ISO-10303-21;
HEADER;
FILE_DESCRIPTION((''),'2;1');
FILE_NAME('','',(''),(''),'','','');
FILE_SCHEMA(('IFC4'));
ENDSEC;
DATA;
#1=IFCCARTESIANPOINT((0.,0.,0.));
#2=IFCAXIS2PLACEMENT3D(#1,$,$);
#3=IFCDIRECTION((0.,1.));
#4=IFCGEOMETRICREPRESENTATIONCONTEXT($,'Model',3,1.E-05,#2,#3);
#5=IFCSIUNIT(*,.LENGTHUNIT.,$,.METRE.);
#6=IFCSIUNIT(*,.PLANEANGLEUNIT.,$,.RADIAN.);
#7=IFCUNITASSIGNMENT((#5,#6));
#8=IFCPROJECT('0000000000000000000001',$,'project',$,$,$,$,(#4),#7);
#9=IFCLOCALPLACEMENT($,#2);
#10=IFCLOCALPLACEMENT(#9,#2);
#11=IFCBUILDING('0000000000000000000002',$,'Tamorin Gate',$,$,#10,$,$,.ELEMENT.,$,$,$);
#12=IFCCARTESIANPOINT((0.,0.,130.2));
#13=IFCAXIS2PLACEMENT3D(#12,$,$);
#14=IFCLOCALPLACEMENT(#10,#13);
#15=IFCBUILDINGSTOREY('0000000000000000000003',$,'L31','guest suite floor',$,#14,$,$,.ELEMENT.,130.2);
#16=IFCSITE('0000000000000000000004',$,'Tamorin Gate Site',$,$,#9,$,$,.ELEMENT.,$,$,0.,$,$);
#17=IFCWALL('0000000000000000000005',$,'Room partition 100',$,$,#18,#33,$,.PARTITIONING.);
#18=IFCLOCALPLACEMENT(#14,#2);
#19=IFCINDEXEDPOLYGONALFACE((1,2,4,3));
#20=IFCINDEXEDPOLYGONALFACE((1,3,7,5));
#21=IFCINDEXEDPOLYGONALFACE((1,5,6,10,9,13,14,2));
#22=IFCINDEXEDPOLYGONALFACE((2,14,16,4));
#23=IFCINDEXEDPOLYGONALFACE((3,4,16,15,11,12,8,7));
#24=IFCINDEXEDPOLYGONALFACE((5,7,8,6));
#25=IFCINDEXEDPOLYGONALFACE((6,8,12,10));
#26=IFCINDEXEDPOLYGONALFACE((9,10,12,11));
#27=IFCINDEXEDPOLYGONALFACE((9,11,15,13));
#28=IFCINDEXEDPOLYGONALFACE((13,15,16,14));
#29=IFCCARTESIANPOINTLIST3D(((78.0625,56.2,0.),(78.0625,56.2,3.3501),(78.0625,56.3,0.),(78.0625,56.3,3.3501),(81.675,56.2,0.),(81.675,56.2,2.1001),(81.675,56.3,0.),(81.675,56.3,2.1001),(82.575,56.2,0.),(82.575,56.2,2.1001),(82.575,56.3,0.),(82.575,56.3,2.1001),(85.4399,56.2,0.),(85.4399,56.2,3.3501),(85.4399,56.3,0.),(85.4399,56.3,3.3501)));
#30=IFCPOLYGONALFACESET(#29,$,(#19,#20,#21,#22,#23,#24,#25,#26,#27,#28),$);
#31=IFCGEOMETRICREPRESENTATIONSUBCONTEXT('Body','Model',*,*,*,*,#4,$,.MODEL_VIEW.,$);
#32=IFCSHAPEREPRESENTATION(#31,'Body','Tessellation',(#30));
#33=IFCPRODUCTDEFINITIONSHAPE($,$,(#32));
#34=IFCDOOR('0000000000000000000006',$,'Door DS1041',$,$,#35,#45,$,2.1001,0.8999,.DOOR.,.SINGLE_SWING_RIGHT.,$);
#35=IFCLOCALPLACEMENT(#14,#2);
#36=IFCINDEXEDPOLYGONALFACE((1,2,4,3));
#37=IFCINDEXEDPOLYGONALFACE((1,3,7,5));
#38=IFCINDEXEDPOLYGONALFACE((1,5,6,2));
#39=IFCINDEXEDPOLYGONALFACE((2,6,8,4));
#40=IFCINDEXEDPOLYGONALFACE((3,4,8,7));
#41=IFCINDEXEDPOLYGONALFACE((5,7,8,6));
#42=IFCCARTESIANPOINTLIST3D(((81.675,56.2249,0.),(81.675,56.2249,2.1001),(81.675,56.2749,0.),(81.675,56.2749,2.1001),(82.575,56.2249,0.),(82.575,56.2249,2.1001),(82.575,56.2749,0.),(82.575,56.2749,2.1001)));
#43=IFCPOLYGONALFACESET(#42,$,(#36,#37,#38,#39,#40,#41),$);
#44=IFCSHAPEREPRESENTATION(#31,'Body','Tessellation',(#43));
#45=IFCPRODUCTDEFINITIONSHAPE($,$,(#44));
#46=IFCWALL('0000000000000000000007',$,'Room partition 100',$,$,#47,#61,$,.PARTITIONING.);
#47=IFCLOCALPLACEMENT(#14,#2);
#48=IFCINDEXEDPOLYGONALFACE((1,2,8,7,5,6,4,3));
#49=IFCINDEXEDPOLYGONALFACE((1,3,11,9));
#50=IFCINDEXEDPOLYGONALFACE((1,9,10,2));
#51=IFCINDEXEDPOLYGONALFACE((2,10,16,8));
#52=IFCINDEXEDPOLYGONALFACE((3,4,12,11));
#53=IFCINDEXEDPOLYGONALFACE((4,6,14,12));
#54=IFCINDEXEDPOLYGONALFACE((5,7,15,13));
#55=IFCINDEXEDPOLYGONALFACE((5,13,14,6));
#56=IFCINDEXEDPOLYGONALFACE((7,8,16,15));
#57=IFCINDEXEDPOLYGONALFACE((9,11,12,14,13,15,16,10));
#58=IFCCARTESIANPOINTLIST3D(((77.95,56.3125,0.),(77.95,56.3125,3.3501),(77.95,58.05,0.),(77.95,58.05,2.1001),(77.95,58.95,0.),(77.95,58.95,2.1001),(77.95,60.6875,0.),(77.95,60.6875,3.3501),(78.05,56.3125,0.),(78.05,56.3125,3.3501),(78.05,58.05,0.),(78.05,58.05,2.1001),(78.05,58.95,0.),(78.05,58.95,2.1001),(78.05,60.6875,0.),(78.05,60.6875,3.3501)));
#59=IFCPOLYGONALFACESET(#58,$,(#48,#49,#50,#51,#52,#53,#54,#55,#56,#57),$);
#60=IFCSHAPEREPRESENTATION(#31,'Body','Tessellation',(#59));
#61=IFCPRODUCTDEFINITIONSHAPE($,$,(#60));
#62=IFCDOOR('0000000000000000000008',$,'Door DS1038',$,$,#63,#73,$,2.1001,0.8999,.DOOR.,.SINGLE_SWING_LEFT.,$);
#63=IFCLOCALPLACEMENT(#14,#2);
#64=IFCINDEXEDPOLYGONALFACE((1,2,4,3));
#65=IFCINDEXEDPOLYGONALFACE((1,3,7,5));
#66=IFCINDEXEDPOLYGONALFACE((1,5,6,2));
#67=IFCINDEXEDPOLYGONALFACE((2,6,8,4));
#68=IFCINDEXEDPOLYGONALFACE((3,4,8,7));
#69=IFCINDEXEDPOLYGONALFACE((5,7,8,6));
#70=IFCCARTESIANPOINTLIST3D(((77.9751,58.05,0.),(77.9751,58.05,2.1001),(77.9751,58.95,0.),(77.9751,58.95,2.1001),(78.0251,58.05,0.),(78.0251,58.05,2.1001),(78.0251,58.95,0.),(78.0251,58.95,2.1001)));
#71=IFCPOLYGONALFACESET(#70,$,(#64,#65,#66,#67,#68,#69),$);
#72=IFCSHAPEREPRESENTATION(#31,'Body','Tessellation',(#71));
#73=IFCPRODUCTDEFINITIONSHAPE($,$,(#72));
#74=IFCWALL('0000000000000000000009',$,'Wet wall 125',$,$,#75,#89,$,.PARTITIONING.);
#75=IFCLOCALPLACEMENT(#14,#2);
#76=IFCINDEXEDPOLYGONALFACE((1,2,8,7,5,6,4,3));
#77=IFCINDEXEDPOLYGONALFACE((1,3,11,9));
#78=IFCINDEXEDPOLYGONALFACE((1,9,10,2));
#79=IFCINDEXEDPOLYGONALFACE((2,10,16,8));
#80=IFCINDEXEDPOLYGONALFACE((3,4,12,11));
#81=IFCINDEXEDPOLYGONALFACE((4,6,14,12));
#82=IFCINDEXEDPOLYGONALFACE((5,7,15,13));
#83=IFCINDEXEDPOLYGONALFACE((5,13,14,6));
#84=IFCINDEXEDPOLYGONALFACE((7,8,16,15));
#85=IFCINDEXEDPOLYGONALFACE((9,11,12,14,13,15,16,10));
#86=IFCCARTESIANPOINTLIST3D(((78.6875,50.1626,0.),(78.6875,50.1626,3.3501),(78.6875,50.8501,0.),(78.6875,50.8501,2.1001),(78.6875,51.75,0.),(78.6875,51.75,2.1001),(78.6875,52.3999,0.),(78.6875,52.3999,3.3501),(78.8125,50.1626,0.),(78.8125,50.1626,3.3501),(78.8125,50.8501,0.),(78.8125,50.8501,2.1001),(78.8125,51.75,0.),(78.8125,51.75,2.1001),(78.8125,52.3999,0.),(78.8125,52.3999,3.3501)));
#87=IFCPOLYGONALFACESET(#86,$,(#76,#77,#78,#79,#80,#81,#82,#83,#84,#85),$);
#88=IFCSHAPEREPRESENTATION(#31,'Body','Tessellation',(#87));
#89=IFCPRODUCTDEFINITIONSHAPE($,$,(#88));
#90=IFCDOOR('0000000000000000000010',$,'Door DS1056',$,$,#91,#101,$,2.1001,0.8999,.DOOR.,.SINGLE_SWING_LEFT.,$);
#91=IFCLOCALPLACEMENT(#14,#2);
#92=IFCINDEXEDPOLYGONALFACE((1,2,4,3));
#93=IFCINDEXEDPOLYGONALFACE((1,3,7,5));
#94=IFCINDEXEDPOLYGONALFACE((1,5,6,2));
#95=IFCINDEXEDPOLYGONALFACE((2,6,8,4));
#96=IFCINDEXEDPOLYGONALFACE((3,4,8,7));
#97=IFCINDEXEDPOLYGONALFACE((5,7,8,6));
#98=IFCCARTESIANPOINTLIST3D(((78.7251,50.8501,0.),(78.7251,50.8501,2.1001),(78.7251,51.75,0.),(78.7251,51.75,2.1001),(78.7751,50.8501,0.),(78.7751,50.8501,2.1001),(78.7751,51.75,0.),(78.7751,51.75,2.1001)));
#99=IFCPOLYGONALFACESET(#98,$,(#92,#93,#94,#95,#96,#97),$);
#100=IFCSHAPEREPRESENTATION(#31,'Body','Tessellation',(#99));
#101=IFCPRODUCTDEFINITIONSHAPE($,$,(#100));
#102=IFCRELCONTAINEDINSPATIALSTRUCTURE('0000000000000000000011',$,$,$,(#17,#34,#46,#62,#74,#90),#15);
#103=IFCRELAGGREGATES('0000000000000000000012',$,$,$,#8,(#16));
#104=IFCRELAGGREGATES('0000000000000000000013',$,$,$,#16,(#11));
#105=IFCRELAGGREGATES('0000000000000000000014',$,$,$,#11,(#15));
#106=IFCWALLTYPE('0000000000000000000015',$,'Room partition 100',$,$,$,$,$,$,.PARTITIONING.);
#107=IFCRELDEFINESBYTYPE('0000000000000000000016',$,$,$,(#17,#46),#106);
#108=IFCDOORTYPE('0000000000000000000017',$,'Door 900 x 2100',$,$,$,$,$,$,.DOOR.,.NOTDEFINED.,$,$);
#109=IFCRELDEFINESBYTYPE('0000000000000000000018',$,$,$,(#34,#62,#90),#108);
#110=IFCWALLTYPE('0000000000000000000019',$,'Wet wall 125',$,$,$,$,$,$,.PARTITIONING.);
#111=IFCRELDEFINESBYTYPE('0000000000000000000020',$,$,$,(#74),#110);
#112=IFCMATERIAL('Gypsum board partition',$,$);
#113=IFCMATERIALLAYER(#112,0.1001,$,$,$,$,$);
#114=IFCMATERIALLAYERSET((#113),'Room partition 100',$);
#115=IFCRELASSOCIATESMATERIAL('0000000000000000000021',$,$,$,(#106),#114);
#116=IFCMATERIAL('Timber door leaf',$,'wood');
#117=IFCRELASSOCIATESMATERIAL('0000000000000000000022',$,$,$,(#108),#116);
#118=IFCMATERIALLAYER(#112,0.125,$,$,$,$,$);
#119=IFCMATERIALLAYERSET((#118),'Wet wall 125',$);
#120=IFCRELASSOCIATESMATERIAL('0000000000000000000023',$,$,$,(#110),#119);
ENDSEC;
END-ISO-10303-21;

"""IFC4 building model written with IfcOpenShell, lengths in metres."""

from ifc_helpers import new_model, si_unit, direction, frame, frame_2d, origin, place, context, subcontext, project, spatial, rectangle, extrude, material, layer, layer_set, type_object, element, fill, save


model = new_model("IFC4")

# Units and contexts
model_context = context("Model", 3, precision=1e-05, world=origin(), true_north=direction((0.0, 1.0)))
body_context = subcontext(model_context, "Body", "Model", "MODEL_VIEW")
ifc_project = project(units=[si_unit("LENGTHUNIT", "METRE"), si_unit("PLANEANGLEUNIT", "RADIAN")], contexts=[model_context])

# Site, building, storey
site_placement = place(None, origin())
site = spatial("IfcSite", under=ifc_project, at=site_placement, Name="Tamorin Gate Site", CompositionType="ELEMENT", RefElevation=0.0)
building_placement = place(site_placement, origin())
building = spatial("IfcBuilding", under=site, at=building_placement, Name="Tamorin Gate", CompositionType="ELEMENT")
storey_placement = place(building_placement, frame((0.0, 0.0, 130.2)))
storey = spatial("IfcBuildingStorey", under=building, at=storey_placement, Name="L31", Description="guest suite floor", CompositionType="ELEMENT", Elevation=130.2)

# Walls, openings, doors
ifc_material_1 = material(Name="Gypsum board partition")
ifc_layer_1 = layer(ifc_material_1, 0.1001)
ifc_layer_set_1 = layer_set([ifc_layer_1], Name="Room partition 100")
wall_type_1 = type_object("IfcWallType", Name="Room partition 100", PredefinedType="PARTITIONING", material=ifc_layer_set_1)
wall_1_placement = place(storey_placement, frame((78.0625, 56.25, 0.0), z_axis=(0.0, 0.0, 1.0), x_axis=(1.0, 0.0, 0.0)))
wall_1 = element("IfcWall", 1, at=wall_1_placement, inside=storey, type_object=wall_type_1, Name="Room partition 100", PredefinedType="PARTITIONING", context=body_context, shape_type="SweptSolid", body=[
    extrude(rectangle(XDim=7.3774, YDim=0.1001, at=frame_2d((3.6887, 0.0))), origin(), (0.0, 0.0, 1.0), 3.3501),
])
opening_1_placement = place(wall_1_placement, frame((3.6125, 0.0, 0.0)))
opening_1 = element("IfcOpeningElement", 2, at=opening_1_placement, cuts=wall_1, PredefinedType="OPENING", context=body_context, shape_type="SweptSolid", body=[
    extrude(rectangle(XDim=0.8999, YDim=2.1001, at=frame_2d((0.45, 1.05))), frame((0.0, 0.0601, 0.0), z_axis=(0.0, -1.0, 0.0), x_axis=(1.0, 0.0, 0.0)), (0.0, 0.0, 1.0), 0.1201),
])
ifc_material_2 = material(Name="Timber door leaf", Category="wood")
door_type = type_object("IfcDoorType", Name="Door 900 x 2100", OperationType="NOTDEFINED", PredefinedType="DOOR", material=ifc_material_2)
door_1_placement = place(opening_1_placement, origin())
door_1 = element("IfcDoor", 3, at=door_1_placement, inside=storey, type_object=door_type, Name="Door DS1041", OperationType="SINGLE_SWING_RIGHT", OverallHeight=2.1001, OverallWidth=0.8999, PredefinedType="DOOR", context=body_context, shape_type="SweptSolid", body=[
    extrude(rectangle(XDim=0.8999, YDim=2.1001, at=frame_2d((0.45, 1.05))), frame((0.0, 0.0249, 0.0), z_axis=(0.0, -1.0, 0.0), x_axis=(1.0, 0.0, 0.0)), (0.0, 0.0, 1.0), 0.05),
])
fill(opening_1, door_1)
wall_2_placement = place(storey_placement, frame((78.0, 56.3125, 0.0), z_axis=(0.0, 0.0, 1.0), x_axis=(0.0, 1.0, 0.0)))
wall_2 = element("IfcWall", 4, at=wall_2_placement, inside=storey, type_object=wall_type_1, Name="Room partition 100", PredefinedType="PARTITIONING", context=body_context, shape_type="SweptSolid", body=[
    extrude(rectangle(XDim=4.375, YDim=0.1001, at=frame_2d((2.1875, 0.0))), origin(), (0.0, 0.0, 1.0), 3.3501),
])
opening_2_placement = place(wall_2_placement, frame((1.7375, 0.0, 0.0)))
opening_2 = element("IfcOpeningElement", 5, at=opening_2_placement, cuts=wall_2, PredefinedType="OPENING", context=body_context, shape_type="SweptSolid", body=[
    extrude(rectangle(XDim=0.8999, YDim=2.1001, at=frame_2d((0.45, 1.05))), frame((0.0, 0.0601, 0.0), z_axis=(0.0, -1.0, 0.0), x_axis=(1.0, 0.0, 0.0)), (0.0, 0.0, 1.0), 0.1201),
])
door_2_placement = place(opening_2_placement, origin())
door_2 = element("IfcDoor", 6, at=door_2_placement, inside=storey, type_object=door_type, Name="Door DS1038", OperationType="SINGLE_SWING_LEFT", OverallHeight=2.1001, OverallWidth=0.8999, PredefinedType="DOOR", context=body_context, shape_type="SweptSolid", body=[
    extrude(rectangle(XDim=0.8999, YDim=2.1001, at=frame_2d((0.45, 1.05))), frame((0.0, 0.0249, 0.0), z_axis=(0.0, -1.0, 0.0), x_axis=(1.0, 0.0, 0.0)), (0.0, 0.0, 1.0), 0.05),
])
fill(opening_2, door_2)
ifc_layer_2 = layer(ifc_material_1, 0.125)
ifc_layer_set_2 = layer_set([ifc_layer_2], Name="Wet wall 125")
wall_type_2 = type_object("IfcWallType", Name="Wet wall 125", PredefinedType="PARTITIONING", material=ifc_layer_set_2)
wall_3_placement = place(storey_placement, frame((78.75, 50.1626, 0.0), z_axis=(0.0, 0.0, 1.0), x_axis=(0.0, 1.0, 0.0)))
wall_3 = element("IfcWall", 7, at=wall_3_placement, inside=storey, type_object=wall_type_2, Name="Wet wall 125", PredefinedType="PARTITIONING", context=body_context, shape_type="SweptSolid", body=[
    extrude(rectangle(XDim=2.2373, YDim=0.125, at=frame_2d((1.1187, 0.0))), origin(), (0.0, 0.0, 1.0), 3.3501),
])
opening_3_placement = place(wall_3_placement, frame((0.6875, 0.0, 0.0)))
opening_3 = element("IfcOpeningElement", 8, at=opening_3_placement, cuts=wall_3, PredefinedType="OPENING", context=body_context, shape_type="SweptSolid", body=[
    extrude(rectangle(XDim=0.8999, YDim=2.1001, at=frame_2d((0.45, 1.05))), frame((0.0, 0.0725, 0.0), z_axis=(0.0, -1.0, 0.0), x_axis=(1.0, 0.0, 0.0)), (0.0, 0.0, 1.0), 0.145),
])
door_3_placement = place(opening_3_placement, origin())
door_3 = element("IfcDoor", 9, at=door_3_placement, inside=storey, type_object=door_type, Name="Door DS1056", OperationType="SINGLE_SWING_LEFT", OverallHeight=2.1001, OverallWidth=0.8999, PredefinedType="DOOR", context=body_context, shape_type="SweptSolid", body=[
    extrude(rectangle(XDim=0.8999, YDim=2.1001, at=frame_2d((0.45, 1.05))), frame((0.0, 0.0249, 0.0), z_axis=(0.0, -1.0, 0.0), x_axis=(1.0, 0.0, 0.0)), (0.0, 0.0, 1.0), 0.05),
])
fill(opening_3, door_3)

save(model, "model.ifc")
